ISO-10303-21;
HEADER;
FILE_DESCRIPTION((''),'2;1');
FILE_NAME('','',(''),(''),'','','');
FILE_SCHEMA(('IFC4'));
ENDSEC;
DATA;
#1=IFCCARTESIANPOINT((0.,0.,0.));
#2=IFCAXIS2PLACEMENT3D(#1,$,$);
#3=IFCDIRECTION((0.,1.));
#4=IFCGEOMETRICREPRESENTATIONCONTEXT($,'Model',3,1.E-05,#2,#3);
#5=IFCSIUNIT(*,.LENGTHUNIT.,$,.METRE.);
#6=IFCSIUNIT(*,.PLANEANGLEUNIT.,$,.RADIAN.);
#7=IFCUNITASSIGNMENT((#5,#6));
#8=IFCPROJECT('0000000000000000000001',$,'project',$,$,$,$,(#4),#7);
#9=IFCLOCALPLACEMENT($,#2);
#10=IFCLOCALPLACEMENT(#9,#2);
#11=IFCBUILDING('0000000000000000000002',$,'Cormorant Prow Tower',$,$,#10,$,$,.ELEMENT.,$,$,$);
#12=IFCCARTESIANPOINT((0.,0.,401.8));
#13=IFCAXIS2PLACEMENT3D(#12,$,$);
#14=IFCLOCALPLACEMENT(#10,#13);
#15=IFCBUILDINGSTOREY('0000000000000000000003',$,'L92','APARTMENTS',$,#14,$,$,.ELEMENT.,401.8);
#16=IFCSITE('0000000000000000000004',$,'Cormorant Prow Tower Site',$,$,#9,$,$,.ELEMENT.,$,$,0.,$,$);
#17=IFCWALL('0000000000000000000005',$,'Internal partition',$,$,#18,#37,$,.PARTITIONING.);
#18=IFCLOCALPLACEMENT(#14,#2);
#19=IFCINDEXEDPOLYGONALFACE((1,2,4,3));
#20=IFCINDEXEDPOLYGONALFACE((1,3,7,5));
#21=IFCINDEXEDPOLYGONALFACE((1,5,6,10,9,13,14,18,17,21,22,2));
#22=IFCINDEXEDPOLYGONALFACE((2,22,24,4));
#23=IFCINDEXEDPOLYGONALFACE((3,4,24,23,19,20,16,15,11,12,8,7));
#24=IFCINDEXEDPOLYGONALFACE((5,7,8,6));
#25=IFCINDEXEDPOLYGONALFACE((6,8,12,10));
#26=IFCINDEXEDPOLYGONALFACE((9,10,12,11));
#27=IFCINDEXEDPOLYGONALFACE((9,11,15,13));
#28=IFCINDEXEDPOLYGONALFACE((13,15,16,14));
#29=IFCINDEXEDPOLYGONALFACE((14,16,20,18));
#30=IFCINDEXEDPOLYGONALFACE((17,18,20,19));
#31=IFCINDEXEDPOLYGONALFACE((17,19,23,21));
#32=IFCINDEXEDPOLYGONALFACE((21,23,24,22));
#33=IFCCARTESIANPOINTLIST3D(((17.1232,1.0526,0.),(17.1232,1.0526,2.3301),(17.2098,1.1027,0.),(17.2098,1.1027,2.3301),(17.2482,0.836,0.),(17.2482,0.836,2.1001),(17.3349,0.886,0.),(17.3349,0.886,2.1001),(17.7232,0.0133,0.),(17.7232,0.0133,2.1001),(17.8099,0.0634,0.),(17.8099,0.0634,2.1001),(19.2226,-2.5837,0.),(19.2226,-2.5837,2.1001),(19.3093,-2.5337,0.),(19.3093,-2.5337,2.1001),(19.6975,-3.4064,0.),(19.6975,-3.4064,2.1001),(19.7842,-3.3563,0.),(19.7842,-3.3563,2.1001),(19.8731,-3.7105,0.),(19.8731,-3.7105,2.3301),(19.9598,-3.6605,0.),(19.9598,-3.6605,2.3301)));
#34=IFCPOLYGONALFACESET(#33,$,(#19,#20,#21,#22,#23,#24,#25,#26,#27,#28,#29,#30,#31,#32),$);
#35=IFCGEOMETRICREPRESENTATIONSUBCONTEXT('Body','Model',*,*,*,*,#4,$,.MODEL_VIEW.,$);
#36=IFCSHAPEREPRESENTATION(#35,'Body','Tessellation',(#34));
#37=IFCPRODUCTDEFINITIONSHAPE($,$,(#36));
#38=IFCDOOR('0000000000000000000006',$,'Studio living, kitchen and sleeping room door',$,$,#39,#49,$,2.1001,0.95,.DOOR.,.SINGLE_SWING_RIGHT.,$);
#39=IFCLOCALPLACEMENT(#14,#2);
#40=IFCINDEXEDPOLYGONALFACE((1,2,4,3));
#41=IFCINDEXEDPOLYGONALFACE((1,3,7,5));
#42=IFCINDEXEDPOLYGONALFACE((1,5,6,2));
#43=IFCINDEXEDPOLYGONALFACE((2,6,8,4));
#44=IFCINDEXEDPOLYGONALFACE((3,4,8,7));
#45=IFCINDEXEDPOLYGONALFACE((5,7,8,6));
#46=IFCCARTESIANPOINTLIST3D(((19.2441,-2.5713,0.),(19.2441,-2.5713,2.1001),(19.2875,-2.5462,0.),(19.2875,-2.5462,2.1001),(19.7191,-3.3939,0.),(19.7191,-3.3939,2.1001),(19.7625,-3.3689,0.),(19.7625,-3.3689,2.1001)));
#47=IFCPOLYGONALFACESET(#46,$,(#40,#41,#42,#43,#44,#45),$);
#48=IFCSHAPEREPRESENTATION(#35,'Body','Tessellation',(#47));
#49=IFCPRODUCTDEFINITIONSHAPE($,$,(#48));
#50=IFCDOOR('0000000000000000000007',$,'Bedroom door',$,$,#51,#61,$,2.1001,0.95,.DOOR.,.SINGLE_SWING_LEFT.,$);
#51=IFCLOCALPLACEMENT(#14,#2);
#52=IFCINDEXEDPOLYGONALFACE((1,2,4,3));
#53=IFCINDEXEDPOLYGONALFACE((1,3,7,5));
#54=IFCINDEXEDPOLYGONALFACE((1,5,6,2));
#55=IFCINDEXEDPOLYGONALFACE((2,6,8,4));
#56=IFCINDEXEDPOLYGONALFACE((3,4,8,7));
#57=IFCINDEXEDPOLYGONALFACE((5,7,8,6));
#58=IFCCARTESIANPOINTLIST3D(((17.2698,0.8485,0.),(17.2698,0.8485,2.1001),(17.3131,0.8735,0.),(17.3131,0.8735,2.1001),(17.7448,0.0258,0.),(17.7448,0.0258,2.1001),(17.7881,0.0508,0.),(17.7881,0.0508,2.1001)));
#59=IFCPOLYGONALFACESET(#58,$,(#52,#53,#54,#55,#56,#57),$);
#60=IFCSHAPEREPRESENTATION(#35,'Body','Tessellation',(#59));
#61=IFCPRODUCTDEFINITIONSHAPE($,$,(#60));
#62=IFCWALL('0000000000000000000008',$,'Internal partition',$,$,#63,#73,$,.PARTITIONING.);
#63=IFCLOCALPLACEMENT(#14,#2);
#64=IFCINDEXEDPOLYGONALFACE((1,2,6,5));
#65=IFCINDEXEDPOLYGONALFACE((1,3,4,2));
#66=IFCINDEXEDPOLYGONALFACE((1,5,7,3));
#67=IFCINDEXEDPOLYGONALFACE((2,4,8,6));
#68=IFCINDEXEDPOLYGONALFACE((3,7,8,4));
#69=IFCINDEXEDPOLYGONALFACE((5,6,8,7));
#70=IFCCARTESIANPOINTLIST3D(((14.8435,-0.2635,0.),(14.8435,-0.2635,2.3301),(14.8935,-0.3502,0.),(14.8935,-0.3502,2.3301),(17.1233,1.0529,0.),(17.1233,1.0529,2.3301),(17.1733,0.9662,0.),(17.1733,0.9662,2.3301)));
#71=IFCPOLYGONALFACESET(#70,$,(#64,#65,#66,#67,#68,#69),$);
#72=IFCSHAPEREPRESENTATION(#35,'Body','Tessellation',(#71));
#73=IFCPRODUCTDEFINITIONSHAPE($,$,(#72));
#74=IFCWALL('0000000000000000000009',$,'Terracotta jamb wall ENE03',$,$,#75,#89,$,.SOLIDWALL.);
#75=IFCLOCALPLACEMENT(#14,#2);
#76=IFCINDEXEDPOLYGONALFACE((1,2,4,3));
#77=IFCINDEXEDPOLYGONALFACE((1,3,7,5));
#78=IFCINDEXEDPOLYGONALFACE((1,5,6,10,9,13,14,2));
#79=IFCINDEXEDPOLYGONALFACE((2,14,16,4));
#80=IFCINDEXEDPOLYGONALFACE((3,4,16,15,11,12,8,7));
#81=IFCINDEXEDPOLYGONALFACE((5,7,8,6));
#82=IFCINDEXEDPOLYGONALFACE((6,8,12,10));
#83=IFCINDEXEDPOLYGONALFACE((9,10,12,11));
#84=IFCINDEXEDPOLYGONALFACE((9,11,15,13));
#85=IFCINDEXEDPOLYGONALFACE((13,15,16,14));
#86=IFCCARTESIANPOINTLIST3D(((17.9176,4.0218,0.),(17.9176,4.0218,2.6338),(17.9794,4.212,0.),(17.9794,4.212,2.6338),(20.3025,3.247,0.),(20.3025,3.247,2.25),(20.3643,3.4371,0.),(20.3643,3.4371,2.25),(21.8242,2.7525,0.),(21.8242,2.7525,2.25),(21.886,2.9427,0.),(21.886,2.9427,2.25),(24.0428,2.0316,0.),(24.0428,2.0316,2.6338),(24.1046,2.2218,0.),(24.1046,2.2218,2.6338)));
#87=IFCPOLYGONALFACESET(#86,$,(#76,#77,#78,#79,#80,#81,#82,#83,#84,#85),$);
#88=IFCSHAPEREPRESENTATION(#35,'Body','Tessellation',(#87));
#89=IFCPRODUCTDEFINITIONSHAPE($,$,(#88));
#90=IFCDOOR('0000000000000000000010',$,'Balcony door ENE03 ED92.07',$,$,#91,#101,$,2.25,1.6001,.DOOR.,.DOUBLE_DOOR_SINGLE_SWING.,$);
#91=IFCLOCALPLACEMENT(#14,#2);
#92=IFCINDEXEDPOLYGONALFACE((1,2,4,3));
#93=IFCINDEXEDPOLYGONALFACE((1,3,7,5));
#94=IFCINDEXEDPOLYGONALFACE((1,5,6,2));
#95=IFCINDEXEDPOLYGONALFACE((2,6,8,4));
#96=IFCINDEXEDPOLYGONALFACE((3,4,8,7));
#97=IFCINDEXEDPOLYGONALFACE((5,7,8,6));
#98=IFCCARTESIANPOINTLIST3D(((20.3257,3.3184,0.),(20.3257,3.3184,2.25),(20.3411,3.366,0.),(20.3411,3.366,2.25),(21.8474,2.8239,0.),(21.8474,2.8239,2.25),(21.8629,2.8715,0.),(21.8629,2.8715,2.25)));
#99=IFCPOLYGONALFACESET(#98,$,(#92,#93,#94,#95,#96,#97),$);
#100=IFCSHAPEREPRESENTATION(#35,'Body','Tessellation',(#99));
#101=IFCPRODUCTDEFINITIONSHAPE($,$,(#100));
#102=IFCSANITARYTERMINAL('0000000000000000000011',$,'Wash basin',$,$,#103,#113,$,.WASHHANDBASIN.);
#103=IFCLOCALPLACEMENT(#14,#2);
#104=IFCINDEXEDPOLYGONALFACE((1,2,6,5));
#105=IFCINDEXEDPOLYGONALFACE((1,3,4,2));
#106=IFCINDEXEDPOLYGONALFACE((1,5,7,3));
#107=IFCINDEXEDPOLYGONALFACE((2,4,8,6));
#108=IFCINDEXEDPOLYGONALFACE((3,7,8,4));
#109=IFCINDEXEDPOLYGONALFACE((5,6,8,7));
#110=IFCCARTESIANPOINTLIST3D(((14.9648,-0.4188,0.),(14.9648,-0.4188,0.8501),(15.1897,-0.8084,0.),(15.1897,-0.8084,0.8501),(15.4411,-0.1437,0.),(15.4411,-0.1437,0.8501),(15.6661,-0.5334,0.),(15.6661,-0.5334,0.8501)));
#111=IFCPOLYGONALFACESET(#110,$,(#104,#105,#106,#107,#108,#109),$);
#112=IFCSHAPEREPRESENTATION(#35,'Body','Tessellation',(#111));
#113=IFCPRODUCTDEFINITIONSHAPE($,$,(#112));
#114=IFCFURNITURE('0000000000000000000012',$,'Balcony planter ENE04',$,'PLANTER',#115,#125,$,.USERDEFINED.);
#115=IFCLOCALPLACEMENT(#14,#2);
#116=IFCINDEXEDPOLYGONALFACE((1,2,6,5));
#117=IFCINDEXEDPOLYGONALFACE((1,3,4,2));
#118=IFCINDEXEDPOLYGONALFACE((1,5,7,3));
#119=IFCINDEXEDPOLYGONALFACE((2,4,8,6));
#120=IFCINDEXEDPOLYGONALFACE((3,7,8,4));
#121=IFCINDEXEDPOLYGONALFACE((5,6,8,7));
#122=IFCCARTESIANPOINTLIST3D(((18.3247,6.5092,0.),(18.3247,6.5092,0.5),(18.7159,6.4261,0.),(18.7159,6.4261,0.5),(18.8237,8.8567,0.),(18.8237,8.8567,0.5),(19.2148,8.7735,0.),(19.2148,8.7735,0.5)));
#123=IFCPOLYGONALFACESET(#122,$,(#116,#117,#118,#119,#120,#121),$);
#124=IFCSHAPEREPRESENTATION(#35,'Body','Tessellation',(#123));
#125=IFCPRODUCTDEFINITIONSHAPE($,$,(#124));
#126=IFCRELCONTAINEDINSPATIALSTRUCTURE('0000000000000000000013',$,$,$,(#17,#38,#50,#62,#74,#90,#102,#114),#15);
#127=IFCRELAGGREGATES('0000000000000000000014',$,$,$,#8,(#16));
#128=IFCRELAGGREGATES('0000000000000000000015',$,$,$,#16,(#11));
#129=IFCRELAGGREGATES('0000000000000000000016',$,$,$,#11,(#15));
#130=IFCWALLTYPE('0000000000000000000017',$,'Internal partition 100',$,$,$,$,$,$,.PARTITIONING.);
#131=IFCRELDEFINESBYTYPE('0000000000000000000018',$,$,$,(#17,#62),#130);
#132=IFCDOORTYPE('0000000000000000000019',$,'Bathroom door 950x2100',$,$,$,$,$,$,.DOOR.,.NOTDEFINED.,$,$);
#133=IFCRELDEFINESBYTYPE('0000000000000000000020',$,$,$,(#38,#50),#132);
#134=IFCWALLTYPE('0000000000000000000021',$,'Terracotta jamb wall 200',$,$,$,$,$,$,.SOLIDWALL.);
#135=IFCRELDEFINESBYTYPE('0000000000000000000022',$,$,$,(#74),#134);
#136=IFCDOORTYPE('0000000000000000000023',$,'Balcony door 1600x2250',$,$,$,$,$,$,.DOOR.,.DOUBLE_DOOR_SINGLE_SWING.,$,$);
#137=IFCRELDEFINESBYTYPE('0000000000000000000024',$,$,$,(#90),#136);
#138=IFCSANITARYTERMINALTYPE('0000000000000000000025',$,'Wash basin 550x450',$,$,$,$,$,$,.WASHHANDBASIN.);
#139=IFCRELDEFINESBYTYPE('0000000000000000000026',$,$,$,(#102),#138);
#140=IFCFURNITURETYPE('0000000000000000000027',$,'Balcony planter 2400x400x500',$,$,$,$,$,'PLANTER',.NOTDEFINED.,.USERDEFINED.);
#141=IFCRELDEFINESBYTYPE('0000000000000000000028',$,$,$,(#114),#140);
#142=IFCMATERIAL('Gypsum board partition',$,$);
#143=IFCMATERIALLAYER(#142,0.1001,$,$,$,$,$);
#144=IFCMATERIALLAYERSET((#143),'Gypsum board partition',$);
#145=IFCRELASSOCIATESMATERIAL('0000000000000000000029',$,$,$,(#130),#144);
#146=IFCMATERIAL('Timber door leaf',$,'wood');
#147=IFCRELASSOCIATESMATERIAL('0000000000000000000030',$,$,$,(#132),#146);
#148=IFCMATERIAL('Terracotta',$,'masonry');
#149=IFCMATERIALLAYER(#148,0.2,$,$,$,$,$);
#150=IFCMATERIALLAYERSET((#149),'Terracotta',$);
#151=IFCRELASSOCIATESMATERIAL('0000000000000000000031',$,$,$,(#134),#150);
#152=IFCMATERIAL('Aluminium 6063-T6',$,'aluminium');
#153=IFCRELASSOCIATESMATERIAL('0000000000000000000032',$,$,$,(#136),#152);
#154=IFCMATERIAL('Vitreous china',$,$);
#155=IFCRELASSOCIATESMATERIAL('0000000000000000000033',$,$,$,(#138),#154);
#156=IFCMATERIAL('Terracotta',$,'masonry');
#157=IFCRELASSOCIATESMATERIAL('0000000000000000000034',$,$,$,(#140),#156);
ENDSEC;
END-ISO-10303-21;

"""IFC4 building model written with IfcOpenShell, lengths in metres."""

from ifc_helpers import new_model, si_unit, direction, frame, frame_2d, origin, origin_2d, place, context, subcontext, project, spatial, rectangle, extrude, material, layer, layer_set, type_object, element, fill, save


model = new_model("IFC4")

# Units and contexts
model_context = context("Model", 3, precision=1e-05, world=origin(), true_north=direction((0.0, 1.0)))
body_context = subcontext(model_context, "Body", "Model", "MODEL_VIEW")
ifc_project = project(units=[si_unit("LENGTHUNIT", "METRE"), si_unit("PLANEANGLEUNIT", "RADIAN")], contexts=[model_context])

# Site, building, storey
site_placement = place(None, origin())
site = spatial("IfcSite", under=ifc_project, at=site_placement, Name="Cormorant Prow Tower Site", CompositionType="ELEMENT", RefElevation=0.0)
building_placement = place(site_placement, origin())
building = spatial("IfcBuilding", under=site, at=building_placement, Name="Cormorant Prow Tower", CompositionType="ELEMENT")
storey_placement = place(building_placement, frame((0.0, 0.0, 401.8)))
storey = spatial("IfcBuildingStorey", under=building, at=storey_placement, Name="L92", Description="APARTMENTS", CompositionType="ELEMENT", Elevation=401.8)

# Shared definitions
ifc_material_1 = material(Name="Gypsum board partition")
ifc_layer_1 = layer(ifc_material_1, 0.1001)
ifc_layer_set_1 = layer_set([ifc_layer_1], Name="Gypsum board partition")
wall_type_1 = type_object("IfcWallType", Name="Internal partition 100", PredefinedType="PARTITIONING", material=ifc_layer_set_1)

# Wall, openings, doors
wall_1_placement = place(storey_placement, frame((17.1665, 1.0776, 0.0), z_axis=(0.0, 0.0, 1.0), x_axis=(0.499997, -0.866027, 0.0)))
wall_1 = element("IfcWall", 1, at=wall_1_placement, inside=storey, type_object=wall_type_1, Name="Internal partition", PredefinedType="PARTITIONING", context=body_context, shape_type="SweptSolid", body=[
    extrude(rectangle(XDim=5.5, YDim=0.1001, at=frame_2d((2.75, 0.0))), origin(), (0.0, 0.0, 1.0), 2.3301),
])
opening_1_placement = place(wall_1_placement, frame((4.1987, 0.0, 0.0)))
opening_1 = element("IfcOpeningElement", 2, at=opening_1_placement, cuts=wall_1, PredefinedType="OPENING", context=body_context, shape_type="SweptSolid", body=[
    extrude(rectangle(XDim=0.95, YDim=2.1001, at=frame_2d((0.4751, 1.05))), frame((0.0, 0.0601, 0.0), z_axis=(0.0, -1.0, 0.0), x_axis=(1.0, 0.0, 0.0)), (0.0, 0.0, 1.0), 0.1201),
])
opening_2_placement = place(wall_1_placement, frame((0.25, 0.0, 0.0)))
opening_2 = element("IfcOpeningElement", 3, at=opening_2_placement, cuts=wall_1, PredefinedType="OPENING", context=body_context, shape_type="SweptSolid", body=[
    extrude(rectangle(XDim=0.95, YDim=2.1001, at=frame_2d((0.4751, 1.05))), frame((0.0, 0.0601, 0.0), z_axis=(0.0, -1.0, 0.0), x_axis=(1.0, 0.0, 0.0)), (0.0, 0.0, 1.0), 0.1201),
])
ifc_material_2 = material(Name="Timber door leaf", Category="wood")
door_type_1 = type_object("IfcDoorType", Name="Bathroom door 950x2100", OperationType="NOTDEFINED", PredefinedType="DOOR", material=ifc_material_2)
door_1_placement = place(opening_1_placement, origin())
door_1 = element("IfcDoor", 4, at=door_1_placement, inside=storey, type_object=door_type_1, Name="Studio living, kitchen and sleeping room door", OperationType="SINGLE_SWING_RIGHT", OverallHeight=2.1001, OverallWidth=0.95, PredefinedType="DOOR", context=body_context, shape_type="SweptSolid", body=[
    extrude(rectangle(XDim=0.95, YDim=2.1001, at=frame_2d((0.4751, 1.05))), frame((0.0, 0.0249, 0.0), z_axis=(0.0, -1.0, 0.0), x_axis=(1.0, 0.0, 0.0)), (0.0, 0.0, 1.0), 0.05),
])
fill(opening_1, door_1)
door_2_placement = place(opening_2_placement, origin())
door_2 = element("IfcDoor", 5, at=door_2_placement, inside=storey, type_object=door_type_1, Name="Bedroom door", OperationType="SINGLE_SWING_LEFT", OverallHeight=2.1001, OverallWidth=0.95, PredefinedType="DOOR", context=body_context, shape_type="SweptSolid", body=[
    extrude(rectangle(XDim=0.95, YDim=2.1001, at=frame_2d((0.4751, 1.05))), frame((0.0, 0.0249, 0.0), z_axis=(0.0, -1.0, 0.0), x_axis=(1.0, 0.0, 0.0)), (0.0, 0.0, 1.0), 0.05),
])
fill(opening_2, door_2)

# Wall
wall_2_placement = place(storey_placement, frame((14.8684, -0.3069, 0.0), z_axis=(0.0, 0.0, 1.0), x_axis=(0.865997, 0.500049, 0.0)))
element("IfcWall", 6, at=wall_2_placement, inside=storey, type_object=wall_type_1, Name="Internal partition", PredefinedType="PARTITIONING", context=body_context, shape_type="SweptSolid", body=[
    extrude(rectangle(XDim=2.6326, YDim=0.1001, at=frame_2d((1.3164, 0.0))), origin(), (0.0, 0.0, 1.0), 2.3301),
])

# Wall, opening, door
ifc_material_3 = material(Name="Terracotta", Category="masonry")
ifc_layer_2 = layer(ifc_material_3, 0.2)
ifc_layer_set_2 = layer_set([ifc_layer_2], Name="Terracotta")
wall_type_2 = type_object("IfcWallType", Name="Terracotta jamb wall 200", PredefinedType="SOLIDWALL", material=ifc_layer_set_2)
wall_3_placement = place(storey_placement, frame((24.0737, 2.1267, 0.0), z_axis=(0.0, 0.0, 1.0), x_axis=(-0.951056, 0.30902, 0.0)))
wall_3 = element("IfcWall", 7, at=wall_3_placement, inside=storey, type_object=wall_type_2, Name="Terracotta jamb wall ENE03", PredefinedType="SOLIDWALL", context=body_context, shape_type="SweptSolid", body=[
    extrude(rectangle(XDim=6.4404, YDim=0.2, at=frame_2d((3.2202, 0.0))), origin(), (0.0, 0.0, 1.0), 2.6338),
])
opening_3_placement = place(wall_3_placement, frame((2.3328, 0.0, 0.0)))
opening_3 = element("IfcOpeningElement", 8, at=opening_3_placement, cuts=wall_3, PredefinedType="OPENING", context=body_context, shape_type="SweptSolid", body=[
    extrude(rectangle(XDim=1.6001, YDim=2.25, at=frame_2d((0.8, 1.125))), frame((0.0, 0.1099, 0.0), z_axis=(0.0, -1.0, 0.0), x_axis=(1.0, 0.0, 0.0)), (0.0, 0.0, 1.0), 0.22),
])
ifc_material_4 = material(Name="Aluminium 6063-T6", Category="aluminium")
door_type_2 = type_object("IfcDoorType", Name="Balcony door 1600x2250", OperationType="DOUBLE_DOOR_SINGLE_SWING", PredefinedType="DOOR", material=ifc_material_4)
door_3_placement = place(opening_3_placement, origin())
door_3 = element("IfcDoor", 9, at=door_3_placement, inside=storey, type_object=door_type_2, Name="Balcony door ENE03 ED92.07", OperationType="DOUBLE_DOOR_SINGLE_SWING", OverallHeight=2.25, OverallWidth=1.6001, PredefinedType="DOOR", context=body_context, shape_type="SweptSolid", body=[
    extrude(rectangle(XDim=1.6001, YDim=2.25, at=frame_2d((0.8, 1.125))), frame((0.0, 0.0249, 0.0), z_axis=(0.0, -1.0, 0.0), x_axis=(1.0, 0.0, 0.0)), (0.0, 0.0, 1.0), 0.05),
])
fill(opening_3, door_3)

# Sanitary terminal
ifc_material_5 = material(Name="Vitreous china")
sanitary_terminal_type = type_object("IfcSanitaryTerminalType", Name="Wash basin 550x450", PredefinedType="WASHHANDBASIN", material=ifc_material_5)
sanitary_terminal_placement = place(storey_placement, frame((15.3154, -0.4761, 0.0), z_axis=(0.0, 0.0, 1.0), x_axis=(0.866025, 0.5, 0.0)))
element("IfcSanitaryTerminal", 10, at=sanitary_terminal_placement, inside=storey, type_object=sanitary_terminal_type, Name="Wash basin", PredefinedType="WASHHANDBASIN", context=body_context, shape_type="SweptSolid", body=[
    extrude(rectangle(XDim=0.55, YDim=0.45, at=origin_2d()), origin(), (0.0, 0.0, 1.0), 0.8501),
])

# Furniture
ifc_material_6 = material(Name="Terracotta", Category="masonry")
furniture_type = type_object("IfcFurnitureType", Name="Balcony planter 2400x400x500", ElementType="PLANTER", AssemblyPlace="NOTDEFINED", PredefinedType="USERDEFINED", material=ifc_material_6)
furniture_placement = place(storey_placement, frame((18.7698, 7.6414, 0.0), z_axis=(0.0, 0.0, 1.0), x_axis=(0.207912, 0.978148, 0.0)))
element("IfcFurniture", 11, at=furniture_placement, inside=storey, type_object=furniture_type, Name="Balcony planter ENE04", ObjectType="PLANTER", PredefinedType="USERDEFINED", context=body_context, shape_type="SweptSolid", body=[
    extrude(rectangle(XDim=2.3999, YDim=0.3999, at=origin_2d()), origin(), (0.0, 0.0, 1.0), 0.5),
])

save(model, "model.ifc")
